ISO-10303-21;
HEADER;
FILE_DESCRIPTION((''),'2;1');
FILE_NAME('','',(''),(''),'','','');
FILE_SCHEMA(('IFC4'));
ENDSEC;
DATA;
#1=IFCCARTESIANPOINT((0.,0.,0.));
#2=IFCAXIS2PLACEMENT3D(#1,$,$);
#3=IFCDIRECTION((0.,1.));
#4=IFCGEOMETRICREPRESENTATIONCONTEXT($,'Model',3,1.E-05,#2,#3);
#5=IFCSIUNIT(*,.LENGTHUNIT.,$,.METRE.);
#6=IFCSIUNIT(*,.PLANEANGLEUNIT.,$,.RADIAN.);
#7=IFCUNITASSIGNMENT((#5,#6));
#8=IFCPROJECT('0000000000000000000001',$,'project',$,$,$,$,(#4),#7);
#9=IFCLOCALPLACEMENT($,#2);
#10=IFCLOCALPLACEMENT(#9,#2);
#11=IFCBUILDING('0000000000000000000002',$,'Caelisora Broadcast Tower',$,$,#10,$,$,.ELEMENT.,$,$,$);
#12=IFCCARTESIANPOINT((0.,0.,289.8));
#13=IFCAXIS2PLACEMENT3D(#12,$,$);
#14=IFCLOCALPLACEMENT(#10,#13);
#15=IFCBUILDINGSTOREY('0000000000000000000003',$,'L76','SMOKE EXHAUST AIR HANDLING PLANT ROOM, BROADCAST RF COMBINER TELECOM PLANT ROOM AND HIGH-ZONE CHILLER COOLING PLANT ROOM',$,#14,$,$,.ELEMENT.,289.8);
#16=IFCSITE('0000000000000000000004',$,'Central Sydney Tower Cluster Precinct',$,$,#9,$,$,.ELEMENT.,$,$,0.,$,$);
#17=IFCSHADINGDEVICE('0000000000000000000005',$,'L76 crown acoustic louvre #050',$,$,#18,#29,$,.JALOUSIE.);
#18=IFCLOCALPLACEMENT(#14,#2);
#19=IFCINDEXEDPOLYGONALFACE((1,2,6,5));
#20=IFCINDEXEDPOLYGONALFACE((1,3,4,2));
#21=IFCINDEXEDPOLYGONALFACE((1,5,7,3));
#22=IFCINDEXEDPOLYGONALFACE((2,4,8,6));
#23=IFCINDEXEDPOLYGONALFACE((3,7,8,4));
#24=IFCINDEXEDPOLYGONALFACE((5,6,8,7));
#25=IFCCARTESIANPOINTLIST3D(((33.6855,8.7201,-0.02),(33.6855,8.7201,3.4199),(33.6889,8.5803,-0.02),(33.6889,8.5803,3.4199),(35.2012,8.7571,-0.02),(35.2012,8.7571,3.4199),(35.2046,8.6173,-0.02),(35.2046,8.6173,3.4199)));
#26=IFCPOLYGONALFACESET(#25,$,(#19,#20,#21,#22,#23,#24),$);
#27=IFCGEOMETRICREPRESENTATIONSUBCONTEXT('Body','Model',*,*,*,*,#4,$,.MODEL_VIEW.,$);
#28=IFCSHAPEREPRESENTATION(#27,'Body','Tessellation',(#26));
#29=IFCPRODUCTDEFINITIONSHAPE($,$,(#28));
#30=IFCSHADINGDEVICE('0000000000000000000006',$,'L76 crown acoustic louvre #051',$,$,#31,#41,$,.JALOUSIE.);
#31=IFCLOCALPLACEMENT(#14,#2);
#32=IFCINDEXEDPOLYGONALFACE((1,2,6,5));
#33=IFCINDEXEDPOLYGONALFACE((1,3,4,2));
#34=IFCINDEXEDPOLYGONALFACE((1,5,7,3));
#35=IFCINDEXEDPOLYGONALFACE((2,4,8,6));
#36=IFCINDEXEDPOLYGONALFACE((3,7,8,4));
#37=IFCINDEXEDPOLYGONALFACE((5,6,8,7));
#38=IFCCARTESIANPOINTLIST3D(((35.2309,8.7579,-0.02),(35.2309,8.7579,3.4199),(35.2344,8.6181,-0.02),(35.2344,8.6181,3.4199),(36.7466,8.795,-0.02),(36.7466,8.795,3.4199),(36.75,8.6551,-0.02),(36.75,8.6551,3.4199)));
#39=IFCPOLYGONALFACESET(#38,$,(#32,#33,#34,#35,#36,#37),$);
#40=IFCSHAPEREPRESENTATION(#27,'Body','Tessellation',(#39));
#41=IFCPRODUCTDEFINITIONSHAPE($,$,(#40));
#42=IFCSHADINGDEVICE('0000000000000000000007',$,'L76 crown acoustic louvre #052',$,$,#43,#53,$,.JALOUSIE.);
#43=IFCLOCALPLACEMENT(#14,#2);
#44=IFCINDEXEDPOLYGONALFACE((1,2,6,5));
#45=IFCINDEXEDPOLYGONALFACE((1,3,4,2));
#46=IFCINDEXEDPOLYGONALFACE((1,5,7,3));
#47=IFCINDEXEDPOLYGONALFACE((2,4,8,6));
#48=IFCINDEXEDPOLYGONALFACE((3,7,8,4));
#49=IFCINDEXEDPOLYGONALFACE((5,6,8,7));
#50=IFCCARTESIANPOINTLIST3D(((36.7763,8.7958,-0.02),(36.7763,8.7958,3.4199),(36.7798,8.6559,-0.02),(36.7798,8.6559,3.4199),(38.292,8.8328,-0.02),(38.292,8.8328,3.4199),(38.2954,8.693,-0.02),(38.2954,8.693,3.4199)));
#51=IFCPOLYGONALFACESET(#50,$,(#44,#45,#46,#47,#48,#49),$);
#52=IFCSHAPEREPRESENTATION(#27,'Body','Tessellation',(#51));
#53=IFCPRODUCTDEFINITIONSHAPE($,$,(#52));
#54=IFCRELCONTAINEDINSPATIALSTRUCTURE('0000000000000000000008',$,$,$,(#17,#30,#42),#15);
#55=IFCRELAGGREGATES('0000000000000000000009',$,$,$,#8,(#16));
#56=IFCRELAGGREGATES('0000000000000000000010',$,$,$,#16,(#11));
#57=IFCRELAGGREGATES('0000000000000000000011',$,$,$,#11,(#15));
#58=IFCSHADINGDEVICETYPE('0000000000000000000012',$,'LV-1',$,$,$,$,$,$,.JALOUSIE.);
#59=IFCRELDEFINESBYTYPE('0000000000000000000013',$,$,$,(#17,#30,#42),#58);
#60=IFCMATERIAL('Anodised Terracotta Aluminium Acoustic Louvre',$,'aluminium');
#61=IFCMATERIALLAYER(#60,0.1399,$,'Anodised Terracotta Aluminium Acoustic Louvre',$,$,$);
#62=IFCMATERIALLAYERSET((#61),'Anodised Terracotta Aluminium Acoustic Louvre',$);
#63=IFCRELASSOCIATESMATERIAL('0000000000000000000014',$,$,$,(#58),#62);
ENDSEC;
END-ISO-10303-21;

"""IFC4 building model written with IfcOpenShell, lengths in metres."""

from ifc_helpers import new_model, si_unit, direction, frame, origin, origin_2d, place, context, subcontext, project, spatial, rectangle, extrude, source, transform, mapped, material, layer, layer_set, type_object, type_shapes, element, save


model = new_model("IFC4")

# Units and contexts
model_context = context("Model", 3, precision=1e-05, world=origin(), true_north=direction((0.0, 1.0)))
body_context = subcontext(model_context, "Body", "Model", "MODEL_VIEW")
ifc_project = project(units=[si_unit("LENGTHUNIT", "METRE"), si_unit("PLANEANGLEUNIT", "RADIAN")], contexts=[model_context])

# Site, building, storey
site_placement = place(None, origin())
site = spatial("IfcSite", under=ifc_project, at=site_placement, Name="Central Sydney Tower Cluster Precinct", CompositionType="ELEMENT", RefElevation=0.0)
building_placement = place(site_placement, origin())
building = spatial("IfcBuilding", under=site, at=building_placement, Name="Caelisora Broadcast Tower", CompositionType="ELEMENT")
storey_placement = place(building_placement, frame((0.0, 0.0, 289.8)))
storey = spatial("IfcBuildingStorey", under=building, at=storey_placement, Name="L76", Description="SMOKE EXHAUST AIR HANDLING PLANT ROOM, BROADCAST RF COMBINER TELECOM PLANT ROOM AND HIGH-ZONE CHILLER COOLING PLANT ROOM", CompositionType="ELEMENT", Elevation=289.8)

# Shading devices
ifc_material_1 = material(Name="Anodised Terracotta Aluminium Acoustic Louvre", Category="aluminium")
ifc_layer_1 = layer(ifc_material_1, 0.1399, Name="Anodised Terracotta Aluminium Acoustic Louvre")
ifc_layer_set_1 = layer_set([ifc_layer_1], Name="Anodised Terracotta Aluminium Acoustic Louvre")
shading_device_type = type_object("IfcShadingDeviceType", Name="LV-1", PredefinedType="JALOUSIE", material=ifc_layer_set_1)
shared_shape_1 = source(origin(), body_context, "Body", "SweptSolid", [
    extrude(rectangle(XDim=1.5161, YDim=0.1399, at=origin_2d()), origin(), (0.0, 0.0, 1.0), 3.4399),
])
type_shapes(shading_device_type, [shared_shape_1])
for number, where, z_axis, x_axis, name in (
    (1, (34.4451, 8.6687, -0.02), (0.0, 0.0, 1.0), (0.999701, 0.024432, 0.0), "L76 crown acoustic louvre #050"),
    (2, (35.9905, 8.7065, -0.02), (0.0, 0.0, 1.0), (0.999701, 0.024432, 0.0), "L76 crown acoustic louvre #051"),
    (3, (37.5359, 8.7444, -0.02), (0.0, 0.0, 1.0), (0.999701, 0.024432, 0.0), "L76 crown acoustic louvre #052"),
):
    element("IfcShadingDevice", number, at=place(storey_placement, frame(where, z_axis=z_axis, x_axis=x_axis)), inside=storey, type_object=shading_device_type, Name=name, PredefinedType="JALOUSIE", context=body_context, shape_type="MappedRepresentation", body=[
        mapped(shared_shape_1, transform((0.0, 0.0, 0.0), scale=1.0)),
    ])

save(model, "model.ifc")
